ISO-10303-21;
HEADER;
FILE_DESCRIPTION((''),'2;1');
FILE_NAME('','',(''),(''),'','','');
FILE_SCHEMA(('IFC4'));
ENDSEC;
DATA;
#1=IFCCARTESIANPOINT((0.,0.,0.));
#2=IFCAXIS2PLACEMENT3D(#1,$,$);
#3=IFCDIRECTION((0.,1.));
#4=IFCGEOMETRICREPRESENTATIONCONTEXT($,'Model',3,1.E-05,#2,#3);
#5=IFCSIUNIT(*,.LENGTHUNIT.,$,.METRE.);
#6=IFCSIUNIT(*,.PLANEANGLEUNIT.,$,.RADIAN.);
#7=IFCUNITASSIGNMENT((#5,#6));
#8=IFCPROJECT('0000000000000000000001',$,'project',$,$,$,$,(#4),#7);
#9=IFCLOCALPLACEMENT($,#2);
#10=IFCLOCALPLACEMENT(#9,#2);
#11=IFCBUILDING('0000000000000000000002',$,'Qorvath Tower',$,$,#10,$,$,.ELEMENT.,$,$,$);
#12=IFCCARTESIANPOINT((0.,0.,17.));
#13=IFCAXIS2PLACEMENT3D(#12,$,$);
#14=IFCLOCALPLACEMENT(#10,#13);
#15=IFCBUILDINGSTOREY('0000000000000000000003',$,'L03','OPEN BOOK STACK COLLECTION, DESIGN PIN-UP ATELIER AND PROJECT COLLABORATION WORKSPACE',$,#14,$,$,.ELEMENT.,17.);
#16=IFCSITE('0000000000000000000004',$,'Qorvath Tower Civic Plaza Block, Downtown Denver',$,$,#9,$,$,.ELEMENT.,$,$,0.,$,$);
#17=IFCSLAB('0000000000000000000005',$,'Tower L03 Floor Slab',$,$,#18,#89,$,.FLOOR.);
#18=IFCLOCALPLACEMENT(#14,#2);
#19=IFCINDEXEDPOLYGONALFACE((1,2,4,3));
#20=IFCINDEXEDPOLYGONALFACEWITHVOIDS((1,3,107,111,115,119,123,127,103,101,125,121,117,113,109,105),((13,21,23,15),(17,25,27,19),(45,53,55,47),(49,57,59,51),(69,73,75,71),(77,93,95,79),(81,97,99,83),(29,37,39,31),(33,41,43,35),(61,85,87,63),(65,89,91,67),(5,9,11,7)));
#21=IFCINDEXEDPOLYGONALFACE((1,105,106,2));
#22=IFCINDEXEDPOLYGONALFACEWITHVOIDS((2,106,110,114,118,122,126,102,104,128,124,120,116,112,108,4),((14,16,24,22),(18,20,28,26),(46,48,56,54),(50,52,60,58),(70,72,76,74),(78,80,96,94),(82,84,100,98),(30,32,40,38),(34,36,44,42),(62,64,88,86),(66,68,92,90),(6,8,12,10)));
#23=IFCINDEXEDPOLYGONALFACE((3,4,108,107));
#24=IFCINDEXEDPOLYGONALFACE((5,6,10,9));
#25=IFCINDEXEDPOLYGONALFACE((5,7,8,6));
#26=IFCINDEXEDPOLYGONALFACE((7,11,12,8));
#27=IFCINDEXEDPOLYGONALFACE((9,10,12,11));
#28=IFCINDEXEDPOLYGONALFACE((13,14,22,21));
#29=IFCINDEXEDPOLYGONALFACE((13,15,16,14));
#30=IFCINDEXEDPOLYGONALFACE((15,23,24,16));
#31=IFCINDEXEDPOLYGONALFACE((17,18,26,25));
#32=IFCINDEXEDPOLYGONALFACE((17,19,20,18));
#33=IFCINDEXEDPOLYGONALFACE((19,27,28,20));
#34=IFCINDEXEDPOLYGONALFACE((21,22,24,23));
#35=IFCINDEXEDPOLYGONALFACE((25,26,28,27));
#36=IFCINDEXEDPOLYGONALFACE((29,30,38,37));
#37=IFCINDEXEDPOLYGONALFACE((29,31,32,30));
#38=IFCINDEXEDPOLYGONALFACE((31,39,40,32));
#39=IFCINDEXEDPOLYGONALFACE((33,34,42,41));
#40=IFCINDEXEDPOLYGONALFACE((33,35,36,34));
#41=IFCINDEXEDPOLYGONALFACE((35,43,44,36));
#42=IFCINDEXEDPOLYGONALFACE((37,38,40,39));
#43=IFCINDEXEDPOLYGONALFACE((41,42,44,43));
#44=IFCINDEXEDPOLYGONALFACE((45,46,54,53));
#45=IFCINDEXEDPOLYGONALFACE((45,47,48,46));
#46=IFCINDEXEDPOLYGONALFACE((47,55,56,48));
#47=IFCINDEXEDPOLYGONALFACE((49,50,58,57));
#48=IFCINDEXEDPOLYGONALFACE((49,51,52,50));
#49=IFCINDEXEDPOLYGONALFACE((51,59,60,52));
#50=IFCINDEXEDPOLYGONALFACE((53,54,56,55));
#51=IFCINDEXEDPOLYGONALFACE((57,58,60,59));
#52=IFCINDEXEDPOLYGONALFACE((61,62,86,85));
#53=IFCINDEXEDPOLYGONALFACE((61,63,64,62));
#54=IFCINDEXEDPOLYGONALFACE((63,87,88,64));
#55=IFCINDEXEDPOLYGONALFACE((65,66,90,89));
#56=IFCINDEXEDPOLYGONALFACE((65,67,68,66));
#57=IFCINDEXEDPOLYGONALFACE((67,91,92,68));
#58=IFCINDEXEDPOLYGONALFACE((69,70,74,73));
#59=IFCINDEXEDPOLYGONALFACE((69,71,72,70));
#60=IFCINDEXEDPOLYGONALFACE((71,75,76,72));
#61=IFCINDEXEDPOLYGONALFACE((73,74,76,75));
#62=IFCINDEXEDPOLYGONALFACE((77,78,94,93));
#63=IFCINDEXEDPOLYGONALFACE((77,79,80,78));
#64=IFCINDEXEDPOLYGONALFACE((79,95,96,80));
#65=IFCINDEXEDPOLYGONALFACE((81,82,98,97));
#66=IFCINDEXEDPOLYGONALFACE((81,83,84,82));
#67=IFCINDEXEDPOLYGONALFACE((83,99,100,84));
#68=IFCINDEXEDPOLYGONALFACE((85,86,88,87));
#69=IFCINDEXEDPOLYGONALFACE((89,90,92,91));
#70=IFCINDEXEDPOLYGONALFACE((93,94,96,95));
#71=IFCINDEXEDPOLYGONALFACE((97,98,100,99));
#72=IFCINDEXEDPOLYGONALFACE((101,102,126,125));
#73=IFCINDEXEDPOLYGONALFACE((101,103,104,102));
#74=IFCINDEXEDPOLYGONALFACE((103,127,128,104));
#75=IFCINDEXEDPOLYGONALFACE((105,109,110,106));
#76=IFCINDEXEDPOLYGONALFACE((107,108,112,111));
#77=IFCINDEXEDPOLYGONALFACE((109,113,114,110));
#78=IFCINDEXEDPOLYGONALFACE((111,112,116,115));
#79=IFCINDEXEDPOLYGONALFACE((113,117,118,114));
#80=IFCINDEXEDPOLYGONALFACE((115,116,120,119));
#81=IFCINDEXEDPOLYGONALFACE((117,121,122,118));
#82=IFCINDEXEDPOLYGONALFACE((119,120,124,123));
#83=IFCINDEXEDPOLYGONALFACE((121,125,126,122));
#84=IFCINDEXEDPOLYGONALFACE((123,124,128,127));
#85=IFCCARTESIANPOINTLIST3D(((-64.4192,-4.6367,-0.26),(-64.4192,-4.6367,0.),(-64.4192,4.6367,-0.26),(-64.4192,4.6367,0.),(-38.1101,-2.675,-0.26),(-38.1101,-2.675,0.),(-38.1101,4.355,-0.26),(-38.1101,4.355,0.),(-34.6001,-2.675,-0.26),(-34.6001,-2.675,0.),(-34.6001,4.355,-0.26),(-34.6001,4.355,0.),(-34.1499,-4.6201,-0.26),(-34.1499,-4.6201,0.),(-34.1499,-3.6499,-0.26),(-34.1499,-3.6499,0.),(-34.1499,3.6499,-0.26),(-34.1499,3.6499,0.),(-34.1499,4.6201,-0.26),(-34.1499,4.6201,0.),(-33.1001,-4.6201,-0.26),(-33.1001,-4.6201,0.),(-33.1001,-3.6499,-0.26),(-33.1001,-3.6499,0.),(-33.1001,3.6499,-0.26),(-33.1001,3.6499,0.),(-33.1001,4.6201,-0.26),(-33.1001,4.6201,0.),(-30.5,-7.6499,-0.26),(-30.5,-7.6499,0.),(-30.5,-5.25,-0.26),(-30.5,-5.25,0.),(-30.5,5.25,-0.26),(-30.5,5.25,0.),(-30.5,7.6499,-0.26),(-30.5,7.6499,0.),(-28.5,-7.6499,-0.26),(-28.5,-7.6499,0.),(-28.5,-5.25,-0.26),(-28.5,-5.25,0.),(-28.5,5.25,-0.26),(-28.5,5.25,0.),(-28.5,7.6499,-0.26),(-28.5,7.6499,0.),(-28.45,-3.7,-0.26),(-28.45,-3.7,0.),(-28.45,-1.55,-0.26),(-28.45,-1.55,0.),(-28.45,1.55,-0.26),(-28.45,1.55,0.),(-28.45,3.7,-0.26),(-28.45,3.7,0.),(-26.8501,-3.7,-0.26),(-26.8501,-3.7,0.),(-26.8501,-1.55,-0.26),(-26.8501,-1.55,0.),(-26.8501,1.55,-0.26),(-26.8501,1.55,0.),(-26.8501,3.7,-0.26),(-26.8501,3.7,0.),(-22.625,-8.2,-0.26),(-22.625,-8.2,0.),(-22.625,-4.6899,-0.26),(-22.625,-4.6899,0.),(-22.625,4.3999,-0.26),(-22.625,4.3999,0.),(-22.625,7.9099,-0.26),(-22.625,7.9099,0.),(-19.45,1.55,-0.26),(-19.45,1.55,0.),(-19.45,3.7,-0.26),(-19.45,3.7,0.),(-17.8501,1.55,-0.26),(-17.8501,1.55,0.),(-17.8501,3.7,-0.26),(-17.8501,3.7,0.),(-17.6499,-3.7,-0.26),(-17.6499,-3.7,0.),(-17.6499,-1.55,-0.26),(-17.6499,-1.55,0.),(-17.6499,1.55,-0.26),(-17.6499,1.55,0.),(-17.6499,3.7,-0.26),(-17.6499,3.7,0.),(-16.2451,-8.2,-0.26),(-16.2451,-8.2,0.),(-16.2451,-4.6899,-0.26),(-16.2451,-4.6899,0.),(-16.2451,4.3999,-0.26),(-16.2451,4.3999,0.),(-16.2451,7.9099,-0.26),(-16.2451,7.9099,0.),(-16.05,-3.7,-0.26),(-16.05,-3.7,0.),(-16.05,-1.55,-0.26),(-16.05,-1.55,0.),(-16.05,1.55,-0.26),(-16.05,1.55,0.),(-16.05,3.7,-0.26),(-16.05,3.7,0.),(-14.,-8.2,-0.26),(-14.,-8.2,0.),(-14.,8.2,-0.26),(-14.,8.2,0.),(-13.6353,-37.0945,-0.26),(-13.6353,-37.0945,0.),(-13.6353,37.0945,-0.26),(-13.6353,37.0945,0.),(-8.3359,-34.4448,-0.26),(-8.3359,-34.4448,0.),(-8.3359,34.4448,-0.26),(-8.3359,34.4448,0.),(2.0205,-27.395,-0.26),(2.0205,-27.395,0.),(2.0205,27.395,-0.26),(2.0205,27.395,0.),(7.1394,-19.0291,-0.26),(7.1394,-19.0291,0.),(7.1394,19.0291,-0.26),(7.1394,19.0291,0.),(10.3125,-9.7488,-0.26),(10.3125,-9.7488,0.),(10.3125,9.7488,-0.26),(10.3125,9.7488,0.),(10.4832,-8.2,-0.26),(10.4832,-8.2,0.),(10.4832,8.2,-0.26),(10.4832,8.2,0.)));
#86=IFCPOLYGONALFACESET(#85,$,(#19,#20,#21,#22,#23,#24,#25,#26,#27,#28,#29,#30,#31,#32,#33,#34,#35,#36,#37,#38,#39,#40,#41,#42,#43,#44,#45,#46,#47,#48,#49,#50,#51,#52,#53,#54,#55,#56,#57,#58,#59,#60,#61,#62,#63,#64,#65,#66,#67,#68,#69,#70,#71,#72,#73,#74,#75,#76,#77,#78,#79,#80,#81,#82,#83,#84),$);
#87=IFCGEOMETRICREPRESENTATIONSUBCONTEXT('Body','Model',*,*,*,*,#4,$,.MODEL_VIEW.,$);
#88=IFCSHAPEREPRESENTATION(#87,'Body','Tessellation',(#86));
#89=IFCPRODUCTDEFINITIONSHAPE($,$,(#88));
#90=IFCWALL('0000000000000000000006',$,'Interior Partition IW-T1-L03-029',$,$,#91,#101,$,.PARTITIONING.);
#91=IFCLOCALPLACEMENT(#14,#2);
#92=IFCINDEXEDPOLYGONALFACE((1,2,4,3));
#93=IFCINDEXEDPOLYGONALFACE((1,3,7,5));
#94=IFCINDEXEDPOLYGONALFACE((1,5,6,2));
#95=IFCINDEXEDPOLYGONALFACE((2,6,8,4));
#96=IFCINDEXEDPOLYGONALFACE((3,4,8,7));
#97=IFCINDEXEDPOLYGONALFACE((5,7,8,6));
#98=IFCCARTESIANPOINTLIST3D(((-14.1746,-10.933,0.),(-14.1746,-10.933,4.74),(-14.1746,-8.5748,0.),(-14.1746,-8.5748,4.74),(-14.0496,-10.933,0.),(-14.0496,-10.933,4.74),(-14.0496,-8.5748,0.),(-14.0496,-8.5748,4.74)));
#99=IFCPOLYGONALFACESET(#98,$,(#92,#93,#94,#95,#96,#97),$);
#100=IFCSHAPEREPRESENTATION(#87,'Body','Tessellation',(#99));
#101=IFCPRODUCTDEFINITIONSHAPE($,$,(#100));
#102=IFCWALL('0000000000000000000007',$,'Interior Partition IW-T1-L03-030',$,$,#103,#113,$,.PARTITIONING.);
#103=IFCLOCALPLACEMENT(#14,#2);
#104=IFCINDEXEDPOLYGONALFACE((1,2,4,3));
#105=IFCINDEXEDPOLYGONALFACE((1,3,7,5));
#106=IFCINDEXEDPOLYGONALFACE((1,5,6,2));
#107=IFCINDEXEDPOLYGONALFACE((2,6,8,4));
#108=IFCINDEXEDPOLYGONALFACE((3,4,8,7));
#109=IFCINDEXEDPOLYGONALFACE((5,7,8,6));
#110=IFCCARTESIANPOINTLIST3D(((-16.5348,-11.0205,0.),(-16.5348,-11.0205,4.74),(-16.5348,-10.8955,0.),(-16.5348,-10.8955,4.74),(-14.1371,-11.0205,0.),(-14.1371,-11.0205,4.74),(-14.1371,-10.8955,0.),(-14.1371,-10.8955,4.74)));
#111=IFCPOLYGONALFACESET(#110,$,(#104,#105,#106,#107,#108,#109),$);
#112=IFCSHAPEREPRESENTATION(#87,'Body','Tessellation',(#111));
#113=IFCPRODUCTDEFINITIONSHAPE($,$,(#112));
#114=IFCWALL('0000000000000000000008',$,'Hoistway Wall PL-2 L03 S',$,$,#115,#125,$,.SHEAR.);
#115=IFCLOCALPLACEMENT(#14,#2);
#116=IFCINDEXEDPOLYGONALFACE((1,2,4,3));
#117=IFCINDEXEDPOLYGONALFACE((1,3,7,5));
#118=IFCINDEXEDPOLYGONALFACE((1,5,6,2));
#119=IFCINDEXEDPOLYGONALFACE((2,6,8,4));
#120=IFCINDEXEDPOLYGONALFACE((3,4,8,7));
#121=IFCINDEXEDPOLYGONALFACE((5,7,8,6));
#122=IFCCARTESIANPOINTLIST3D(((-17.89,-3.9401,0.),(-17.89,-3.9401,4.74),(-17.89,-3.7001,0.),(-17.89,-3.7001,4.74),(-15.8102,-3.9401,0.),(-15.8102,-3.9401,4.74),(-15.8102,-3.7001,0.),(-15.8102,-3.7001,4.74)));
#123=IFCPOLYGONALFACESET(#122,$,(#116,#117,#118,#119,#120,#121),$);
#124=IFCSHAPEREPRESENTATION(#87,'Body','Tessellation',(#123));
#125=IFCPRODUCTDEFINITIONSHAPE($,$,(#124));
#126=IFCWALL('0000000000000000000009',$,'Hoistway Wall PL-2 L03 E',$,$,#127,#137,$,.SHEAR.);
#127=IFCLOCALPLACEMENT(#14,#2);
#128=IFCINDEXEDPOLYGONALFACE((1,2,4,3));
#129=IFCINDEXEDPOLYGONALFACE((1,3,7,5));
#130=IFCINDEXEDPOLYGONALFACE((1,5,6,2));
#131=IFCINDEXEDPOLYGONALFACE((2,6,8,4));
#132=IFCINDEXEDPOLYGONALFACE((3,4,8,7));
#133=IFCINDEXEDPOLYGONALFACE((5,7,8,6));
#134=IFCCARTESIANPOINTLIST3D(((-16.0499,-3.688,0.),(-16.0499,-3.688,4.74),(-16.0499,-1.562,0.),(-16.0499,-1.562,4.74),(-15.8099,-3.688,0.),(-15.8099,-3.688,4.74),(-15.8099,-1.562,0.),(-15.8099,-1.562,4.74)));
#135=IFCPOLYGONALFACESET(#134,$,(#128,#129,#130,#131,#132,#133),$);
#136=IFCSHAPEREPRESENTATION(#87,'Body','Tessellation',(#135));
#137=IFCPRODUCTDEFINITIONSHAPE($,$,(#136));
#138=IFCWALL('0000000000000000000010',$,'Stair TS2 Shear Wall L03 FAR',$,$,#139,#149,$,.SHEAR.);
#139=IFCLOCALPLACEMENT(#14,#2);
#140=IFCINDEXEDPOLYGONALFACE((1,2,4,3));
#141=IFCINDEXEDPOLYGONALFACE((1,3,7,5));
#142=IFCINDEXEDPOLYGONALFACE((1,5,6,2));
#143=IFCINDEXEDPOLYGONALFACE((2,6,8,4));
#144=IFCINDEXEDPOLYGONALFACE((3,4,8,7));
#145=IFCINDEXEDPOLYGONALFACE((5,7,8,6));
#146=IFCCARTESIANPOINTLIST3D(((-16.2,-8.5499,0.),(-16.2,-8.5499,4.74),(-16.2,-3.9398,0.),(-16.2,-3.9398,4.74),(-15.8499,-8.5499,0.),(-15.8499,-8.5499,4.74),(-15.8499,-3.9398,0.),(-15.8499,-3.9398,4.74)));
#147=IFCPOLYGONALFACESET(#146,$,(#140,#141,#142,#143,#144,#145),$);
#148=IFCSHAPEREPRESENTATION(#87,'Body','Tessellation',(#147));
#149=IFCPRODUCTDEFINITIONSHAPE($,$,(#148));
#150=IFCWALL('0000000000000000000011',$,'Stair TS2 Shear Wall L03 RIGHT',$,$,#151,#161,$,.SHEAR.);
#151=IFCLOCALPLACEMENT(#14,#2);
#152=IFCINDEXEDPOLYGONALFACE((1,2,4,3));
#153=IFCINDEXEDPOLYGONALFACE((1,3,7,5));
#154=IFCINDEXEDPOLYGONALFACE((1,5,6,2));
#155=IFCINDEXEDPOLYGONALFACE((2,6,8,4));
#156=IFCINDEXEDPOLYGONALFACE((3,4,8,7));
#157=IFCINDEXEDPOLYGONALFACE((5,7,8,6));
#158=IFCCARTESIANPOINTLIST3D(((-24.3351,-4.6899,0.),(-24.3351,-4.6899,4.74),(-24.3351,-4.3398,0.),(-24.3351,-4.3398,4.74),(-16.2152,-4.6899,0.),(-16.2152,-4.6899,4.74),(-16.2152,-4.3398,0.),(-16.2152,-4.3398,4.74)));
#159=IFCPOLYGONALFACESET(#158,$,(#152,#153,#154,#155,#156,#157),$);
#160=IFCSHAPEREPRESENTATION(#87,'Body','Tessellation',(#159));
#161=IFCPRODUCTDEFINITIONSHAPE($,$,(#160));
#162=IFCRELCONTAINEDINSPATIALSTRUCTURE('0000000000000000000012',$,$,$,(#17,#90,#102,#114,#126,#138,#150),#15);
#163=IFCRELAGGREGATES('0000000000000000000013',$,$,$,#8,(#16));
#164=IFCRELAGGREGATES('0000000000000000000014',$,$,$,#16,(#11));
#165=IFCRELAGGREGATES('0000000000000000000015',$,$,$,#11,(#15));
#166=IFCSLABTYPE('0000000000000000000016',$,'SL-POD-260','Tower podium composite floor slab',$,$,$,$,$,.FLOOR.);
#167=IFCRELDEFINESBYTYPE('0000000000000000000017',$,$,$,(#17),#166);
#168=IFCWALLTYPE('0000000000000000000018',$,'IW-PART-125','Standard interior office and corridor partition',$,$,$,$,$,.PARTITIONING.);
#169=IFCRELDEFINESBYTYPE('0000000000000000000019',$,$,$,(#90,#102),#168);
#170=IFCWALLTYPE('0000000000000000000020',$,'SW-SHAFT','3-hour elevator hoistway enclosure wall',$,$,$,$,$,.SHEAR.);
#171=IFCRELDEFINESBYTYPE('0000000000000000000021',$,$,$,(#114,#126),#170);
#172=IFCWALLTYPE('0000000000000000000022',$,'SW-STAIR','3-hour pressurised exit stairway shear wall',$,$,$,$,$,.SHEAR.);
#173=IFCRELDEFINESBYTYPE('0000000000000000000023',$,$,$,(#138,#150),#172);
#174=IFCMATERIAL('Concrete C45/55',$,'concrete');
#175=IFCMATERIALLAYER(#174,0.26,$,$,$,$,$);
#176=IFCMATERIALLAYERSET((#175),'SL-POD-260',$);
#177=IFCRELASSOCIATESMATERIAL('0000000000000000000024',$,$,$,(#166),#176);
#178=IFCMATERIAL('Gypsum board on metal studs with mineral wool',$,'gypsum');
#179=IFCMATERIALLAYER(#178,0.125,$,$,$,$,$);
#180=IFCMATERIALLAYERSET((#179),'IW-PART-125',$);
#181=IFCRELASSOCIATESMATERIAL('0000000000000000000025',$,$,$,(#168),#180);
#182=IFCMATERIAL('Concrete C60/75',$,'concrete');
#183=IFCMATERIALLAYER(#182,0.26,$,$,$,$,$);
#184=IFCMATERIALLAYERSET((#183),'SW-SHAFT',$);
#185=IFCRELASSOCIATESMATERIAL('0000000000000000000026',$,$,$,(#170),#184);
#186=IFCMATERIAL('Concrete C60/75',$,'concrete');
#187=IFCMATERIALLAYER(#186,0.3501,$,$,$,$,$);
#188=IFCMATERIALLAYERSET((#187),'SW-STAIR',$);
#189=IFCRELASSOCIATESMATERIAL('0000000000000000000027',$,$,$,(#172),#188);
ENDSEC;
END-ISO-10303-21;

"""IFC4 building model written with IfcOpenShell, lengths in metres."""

from ifc_helpers import new_model, si_unit, direction, frame, frame_2d, origin, place, context, subcontext, project, spatial, polyline, rectangle, outline, extrude, material, layer, layer_set, type_object, element, save


model = new_model("IFC4")

# Units and contexts
model_context = context("Model", 3, precision=1e-05, world=origin(), true_north=direction((0.0, 1.0)))
body_context = subcontext(model_context, "Body", "Model", "MODEL_VIEW")
ifc_project = project(units=[si_unit("LENGTHUNIT", "METRE"), si_unit("PLANEANGLEUNIT", "RADIAN")], contexts=[model_context])

# Site, building, storey
site_placement = place(None, origin())
site = spatial("IfcSite", under=ifc_project, at=site_placement, Name="Qorvath Tower Civic Plaza Block, Downtown Denver", CompositionType="ELEMENT", RefElevation=0.0)
building_placement = place(site_placement, origin())
building = spatial("IfcBuilding", under=site, at=building_placement, Name="Qorvath Tower", CompositionType="ELEMENT")
storey_placement = place(building_placement, frame((0.0, 0.0, 17.0)))
storey = spatial("IfcBuildingStorey", under=building, at=storey_placement, Name="L03", Description="OPEN BOOK STACK COLLECTION, DESIGN PIN-UP ATELIER AND PROJECT COLLABORATION WORKSPACE", CompositionType="ELEMENT", Elevation=17.0)

# Slab
ifc_material_1 = material(Name="Concrete C45/55", Category="concrete")
ifc_layer_1 = layer(ifc_material_1, 0.26)
ifc_layer_set_1 = layer_set([ifc_layer_1], Name="SL-POD-260")
slab_type_1 = type_object("IfcSlabType", Name="SL-POD-260", Description="Tower podium composite floor slab", PredefinedType="FLOOR", material=ifc_layer_set_1)
slab_1_placement = place(storey_placement, frame((0.0, 0.0, -0.26)))
element("IfcSlab", 1, at=slab_1_placement, inside=storey, type_object=slab_type_1, Name="Tower L03 Floor Slab", PredefinedType="FLOOR", context=body_context, shape_type="SweptSolid", body=[
    extrude(outline(polyline([(10.3125, -9.7488), (10.4832, -8.2), (-14.0, -8.2), (-14.0, 8.2), (10.4832, 8.2), (10.3125, 9.7488), (7.1394, 19.0291), (2.0205, 27.395), (-8.3359, 34.4448), (-13.6353, 37.0945), (-64.4192, 4.6367), (-64.4192, -4.6367), (-13.6353, -37.0945), (-8.3359, -34.4448), (2.0205, -27.395), (7.1394, -19.0291), (10.3125, -9.7488)]), holes=[polyline([(-17.6499, -3.7), (-17.6499, -1.55), (-16.05, -1.55), (-16.05, -3.7), (-17.6499, -3.7)]), polyline([(-17.6499, 1.55), (-17.6499, 3.7), (-16.05, 3.7), (-16.05, 1.55), (-17.6499, 1.55)]), polyline([(-16.2451, -8.2), (-22.625, -8.2), (-22.625, -4.6899), (-16.2451, -4.6899), (-16.2451, -8.2)]), polyline([(-22.625, 4.3999), (-22.625, 7.9099), (-16.2451, 7.9099), (-16.2451, 4.3999), (-22.625, 4.3999)]), polyline([(-17.8501, 1.55), (-19.45, 1.55), (-19.45, 3.7), (-17.8501, 3.7), (-17.8501, 1.55)]), polyline([(-28.45, -3.7), (-28.45, -1.55), (-26.8501, -1.55), (-26.8501, -3.7), (-28.45, -3.7)]), polyline([(-26.8501, 1.55), (-28.45, 1.55), (-28.45, 3.7), (-26.8501, 3.7), (-26.8501, 1.55)]), polyline([(-28.5, -7.6499), (-30.5, -7.6499), (-30.5, -5.25), (-28.5, -5.25), (-28.5, -7.6499)]), polyline([(-30.5, 5.25), (-30.5, 7.6499), (-28.5, 7.6499), (-28.5, 5.25), (-30.5, 5.25)]), polyline([(-34.1499, -4.6201), (-34.1499, -3.6499), (-33.1001, -3.6499), (-33.1001, -4.6201), (-34.1499, -4.6201)]), polyline([(-34.1499, 3.6499), (-34.1499, 4.6201), (-33.1001, 4.6201), (-33.1001, 3.6499), (-34.1499, 3.6499)]), polyline([(-34.6001, -2.675), (-38.1101, -2.675), (-38.1101, 4.355), (-34.6001, 4.355), (-34.6001, -2.675)])]), origin(), (0.0, 0.0, 1.0), 0.26),
])

# Walls
ifc_material_2 = material(Name="Gypsum board on metal studs with mineral wool", Category="gypsum")
ifc_layer_2 = layer(ifc_material_2, 0.125)
ifc_layer_set_2 = layer_set([ifc_layer_2], Name="IW-PART-125")
wall_type_1 = type_object("IfcWallType", Name="IW-PART-125", Description="Standard interior office and corridor partition", PredefinedType="PARTITIONING", material=ifc_layer_set_2)
wall_1_placement = place(storey_placement, frame((-14.1121, -10.9331, 0.0), z_axis=(0.0, 0.0, 1.0), x_axis=(0.0, 1.0, 0.0)))
element("IfcWall", 2, at=wall_1_placement, inside=storey, type_object=wall_type_1, Name="Interior Partition IW-T1-L03-029", PredefinedType="PARTITIONING", context=body_context, shape_type="SweptSolid", body=[
    extrude(rectangle(XDim=2.3582, YDim=0.125, at=frame_2d((1.1792, 0.0))), origin(), (0.0, 0.0, 1.0), 4.74),
])
wall_2_placement = place(storey_placement, frame((-14.1372, -10.958, 0.0), z_axis=(0.0, 0.0, 1.0), x_axis=(-1.0, 0.0, 0.0)))
element("IfcWall", 3, at=wall_2_placement, inside=storey, type_object=wall_type_1, Name="Interior Partition IW-T1-L03-030", PredefinedType="PARTITIONING", context=body_context, shape_type="SweptSolid", body=[
    extrude(rectangle(XDim=2.3977, YDim=0.125, at=frame_2d((1.1987, 0.0))), origin(), (0.0, 0.0, 1.0), 4.74),
])
ifc_material_3 = material(Name="Concrete C60/75", Category="concrete")
ifc_layer_3 = layer(ifc_material_3, 0.26)
ifc_layer_set_3 = layer_set([ifc_layer_3], Name="SW-SHAFT")
wall_type_2 = type_object("IfcWallType", Name="SW-SHAFT", Description="3-hour elevator hoistway enclosure wall", PredefinedType="SHEAR", material=ifc_layer_set_3)
wall_3_placement = place(storey_placement, frame((-15.8101, -3.8201, 0.0), z_axis=(0.0, 0.0, 1.0), x_axis=(-1.0, 0.0, 0.0)))
element("IfcWall", 4, at=wall_3_placement, inside=storey, type_object=wall_type_2, Name="Hoistway Wall PL-2 L03 S", PredefinedType="SHEAR", context=body_context, shape_type="SweptSolid", body=[
    extrude(rectangle(XDim=2.0798, YDim=0.24, at=frame_2d((1.04, 0.0))), origin(), (0.0, 0.0, 1.0), 4.74),
])
wall_4_placement = place(storey_placement, frame((-15.9299, -1.562, 0.0), z_axis=(0.0, 0.0, 1.0), x_axis=(0.0, -1.0, 0.0)))
element("IfcWall", 5, at=wall_4_placement, inside=storey, type_object=wall_type_2, Name="Hoistway Wall PL-2 L03 E", PredefinedType="SHEAR", context=body_context, shape_type="SweptSolid", body=[
    extrude(rectangle(XDim=2.126, YDim=0.24, at=frame_2d((1.063, 0.0))), origin(), (0.0, 0.0, 1.0), 4.74),
])
ifc_material_4 = material(Name="Concrete C60/75", Category="concrete")
ifc_layer_4 = layer(ifc_material_4, 0.3501)
ifc_layer_set_4 = layer_set([ifc_layer_4], Name="SW-STAIR")
wall_type_3 = type_object("IfcWallType", Name="SW-STAIR", Description="3-hour pressurised exit stairway shear wall", PredefinedType="SHEAR", material=ifc_layer_set_4)
wall_5_placement = place(storey_placement, frame((-16.0249, -8.55, 0.0), z_axis=(0.0, 0.0, 1.0), x_axis=(0.0, 1.0, 0.0)))
element("IfcWall", 6, at=wall_5_placement, inside=storey, type_object=wall_type_3, Name="Stair TS2 Shear Wall L03 FAR", PredefinedType="SHEAR", context=body_context, shape_type="SweptSolid", body=[
    extrude(rectangle(XDim=4.6101, YDim=0.3501, at=frame_2d((2.3052, 0.0))), origin(), (0.0, 0.0, 1.0), 4.74),
])
wall_6_placement = place(storey_placement, frame((-16.2151, -4.5149, 0.0), z_axis=(0.0, 0.0, 1.0), x_axis=(-1.0, 0.0, 0.0)))
element("IfcWall", 7, at=wall_6_placement, inside=storey, type_object=wall_type_3, Name="Stair TS2 Shear Wall L03 RIGHT", PredefinedType="SHEAR", context=body_context, shape_type="SweptSolid", body=[
    extrude(rectangle(XDim=8.1199, YDim=0.3501, at=frame_2d((4.0601, 0.0))), origin(), (0.0, 0.0, 1.0), 4.74),
])

save(model, "model.ifc")
